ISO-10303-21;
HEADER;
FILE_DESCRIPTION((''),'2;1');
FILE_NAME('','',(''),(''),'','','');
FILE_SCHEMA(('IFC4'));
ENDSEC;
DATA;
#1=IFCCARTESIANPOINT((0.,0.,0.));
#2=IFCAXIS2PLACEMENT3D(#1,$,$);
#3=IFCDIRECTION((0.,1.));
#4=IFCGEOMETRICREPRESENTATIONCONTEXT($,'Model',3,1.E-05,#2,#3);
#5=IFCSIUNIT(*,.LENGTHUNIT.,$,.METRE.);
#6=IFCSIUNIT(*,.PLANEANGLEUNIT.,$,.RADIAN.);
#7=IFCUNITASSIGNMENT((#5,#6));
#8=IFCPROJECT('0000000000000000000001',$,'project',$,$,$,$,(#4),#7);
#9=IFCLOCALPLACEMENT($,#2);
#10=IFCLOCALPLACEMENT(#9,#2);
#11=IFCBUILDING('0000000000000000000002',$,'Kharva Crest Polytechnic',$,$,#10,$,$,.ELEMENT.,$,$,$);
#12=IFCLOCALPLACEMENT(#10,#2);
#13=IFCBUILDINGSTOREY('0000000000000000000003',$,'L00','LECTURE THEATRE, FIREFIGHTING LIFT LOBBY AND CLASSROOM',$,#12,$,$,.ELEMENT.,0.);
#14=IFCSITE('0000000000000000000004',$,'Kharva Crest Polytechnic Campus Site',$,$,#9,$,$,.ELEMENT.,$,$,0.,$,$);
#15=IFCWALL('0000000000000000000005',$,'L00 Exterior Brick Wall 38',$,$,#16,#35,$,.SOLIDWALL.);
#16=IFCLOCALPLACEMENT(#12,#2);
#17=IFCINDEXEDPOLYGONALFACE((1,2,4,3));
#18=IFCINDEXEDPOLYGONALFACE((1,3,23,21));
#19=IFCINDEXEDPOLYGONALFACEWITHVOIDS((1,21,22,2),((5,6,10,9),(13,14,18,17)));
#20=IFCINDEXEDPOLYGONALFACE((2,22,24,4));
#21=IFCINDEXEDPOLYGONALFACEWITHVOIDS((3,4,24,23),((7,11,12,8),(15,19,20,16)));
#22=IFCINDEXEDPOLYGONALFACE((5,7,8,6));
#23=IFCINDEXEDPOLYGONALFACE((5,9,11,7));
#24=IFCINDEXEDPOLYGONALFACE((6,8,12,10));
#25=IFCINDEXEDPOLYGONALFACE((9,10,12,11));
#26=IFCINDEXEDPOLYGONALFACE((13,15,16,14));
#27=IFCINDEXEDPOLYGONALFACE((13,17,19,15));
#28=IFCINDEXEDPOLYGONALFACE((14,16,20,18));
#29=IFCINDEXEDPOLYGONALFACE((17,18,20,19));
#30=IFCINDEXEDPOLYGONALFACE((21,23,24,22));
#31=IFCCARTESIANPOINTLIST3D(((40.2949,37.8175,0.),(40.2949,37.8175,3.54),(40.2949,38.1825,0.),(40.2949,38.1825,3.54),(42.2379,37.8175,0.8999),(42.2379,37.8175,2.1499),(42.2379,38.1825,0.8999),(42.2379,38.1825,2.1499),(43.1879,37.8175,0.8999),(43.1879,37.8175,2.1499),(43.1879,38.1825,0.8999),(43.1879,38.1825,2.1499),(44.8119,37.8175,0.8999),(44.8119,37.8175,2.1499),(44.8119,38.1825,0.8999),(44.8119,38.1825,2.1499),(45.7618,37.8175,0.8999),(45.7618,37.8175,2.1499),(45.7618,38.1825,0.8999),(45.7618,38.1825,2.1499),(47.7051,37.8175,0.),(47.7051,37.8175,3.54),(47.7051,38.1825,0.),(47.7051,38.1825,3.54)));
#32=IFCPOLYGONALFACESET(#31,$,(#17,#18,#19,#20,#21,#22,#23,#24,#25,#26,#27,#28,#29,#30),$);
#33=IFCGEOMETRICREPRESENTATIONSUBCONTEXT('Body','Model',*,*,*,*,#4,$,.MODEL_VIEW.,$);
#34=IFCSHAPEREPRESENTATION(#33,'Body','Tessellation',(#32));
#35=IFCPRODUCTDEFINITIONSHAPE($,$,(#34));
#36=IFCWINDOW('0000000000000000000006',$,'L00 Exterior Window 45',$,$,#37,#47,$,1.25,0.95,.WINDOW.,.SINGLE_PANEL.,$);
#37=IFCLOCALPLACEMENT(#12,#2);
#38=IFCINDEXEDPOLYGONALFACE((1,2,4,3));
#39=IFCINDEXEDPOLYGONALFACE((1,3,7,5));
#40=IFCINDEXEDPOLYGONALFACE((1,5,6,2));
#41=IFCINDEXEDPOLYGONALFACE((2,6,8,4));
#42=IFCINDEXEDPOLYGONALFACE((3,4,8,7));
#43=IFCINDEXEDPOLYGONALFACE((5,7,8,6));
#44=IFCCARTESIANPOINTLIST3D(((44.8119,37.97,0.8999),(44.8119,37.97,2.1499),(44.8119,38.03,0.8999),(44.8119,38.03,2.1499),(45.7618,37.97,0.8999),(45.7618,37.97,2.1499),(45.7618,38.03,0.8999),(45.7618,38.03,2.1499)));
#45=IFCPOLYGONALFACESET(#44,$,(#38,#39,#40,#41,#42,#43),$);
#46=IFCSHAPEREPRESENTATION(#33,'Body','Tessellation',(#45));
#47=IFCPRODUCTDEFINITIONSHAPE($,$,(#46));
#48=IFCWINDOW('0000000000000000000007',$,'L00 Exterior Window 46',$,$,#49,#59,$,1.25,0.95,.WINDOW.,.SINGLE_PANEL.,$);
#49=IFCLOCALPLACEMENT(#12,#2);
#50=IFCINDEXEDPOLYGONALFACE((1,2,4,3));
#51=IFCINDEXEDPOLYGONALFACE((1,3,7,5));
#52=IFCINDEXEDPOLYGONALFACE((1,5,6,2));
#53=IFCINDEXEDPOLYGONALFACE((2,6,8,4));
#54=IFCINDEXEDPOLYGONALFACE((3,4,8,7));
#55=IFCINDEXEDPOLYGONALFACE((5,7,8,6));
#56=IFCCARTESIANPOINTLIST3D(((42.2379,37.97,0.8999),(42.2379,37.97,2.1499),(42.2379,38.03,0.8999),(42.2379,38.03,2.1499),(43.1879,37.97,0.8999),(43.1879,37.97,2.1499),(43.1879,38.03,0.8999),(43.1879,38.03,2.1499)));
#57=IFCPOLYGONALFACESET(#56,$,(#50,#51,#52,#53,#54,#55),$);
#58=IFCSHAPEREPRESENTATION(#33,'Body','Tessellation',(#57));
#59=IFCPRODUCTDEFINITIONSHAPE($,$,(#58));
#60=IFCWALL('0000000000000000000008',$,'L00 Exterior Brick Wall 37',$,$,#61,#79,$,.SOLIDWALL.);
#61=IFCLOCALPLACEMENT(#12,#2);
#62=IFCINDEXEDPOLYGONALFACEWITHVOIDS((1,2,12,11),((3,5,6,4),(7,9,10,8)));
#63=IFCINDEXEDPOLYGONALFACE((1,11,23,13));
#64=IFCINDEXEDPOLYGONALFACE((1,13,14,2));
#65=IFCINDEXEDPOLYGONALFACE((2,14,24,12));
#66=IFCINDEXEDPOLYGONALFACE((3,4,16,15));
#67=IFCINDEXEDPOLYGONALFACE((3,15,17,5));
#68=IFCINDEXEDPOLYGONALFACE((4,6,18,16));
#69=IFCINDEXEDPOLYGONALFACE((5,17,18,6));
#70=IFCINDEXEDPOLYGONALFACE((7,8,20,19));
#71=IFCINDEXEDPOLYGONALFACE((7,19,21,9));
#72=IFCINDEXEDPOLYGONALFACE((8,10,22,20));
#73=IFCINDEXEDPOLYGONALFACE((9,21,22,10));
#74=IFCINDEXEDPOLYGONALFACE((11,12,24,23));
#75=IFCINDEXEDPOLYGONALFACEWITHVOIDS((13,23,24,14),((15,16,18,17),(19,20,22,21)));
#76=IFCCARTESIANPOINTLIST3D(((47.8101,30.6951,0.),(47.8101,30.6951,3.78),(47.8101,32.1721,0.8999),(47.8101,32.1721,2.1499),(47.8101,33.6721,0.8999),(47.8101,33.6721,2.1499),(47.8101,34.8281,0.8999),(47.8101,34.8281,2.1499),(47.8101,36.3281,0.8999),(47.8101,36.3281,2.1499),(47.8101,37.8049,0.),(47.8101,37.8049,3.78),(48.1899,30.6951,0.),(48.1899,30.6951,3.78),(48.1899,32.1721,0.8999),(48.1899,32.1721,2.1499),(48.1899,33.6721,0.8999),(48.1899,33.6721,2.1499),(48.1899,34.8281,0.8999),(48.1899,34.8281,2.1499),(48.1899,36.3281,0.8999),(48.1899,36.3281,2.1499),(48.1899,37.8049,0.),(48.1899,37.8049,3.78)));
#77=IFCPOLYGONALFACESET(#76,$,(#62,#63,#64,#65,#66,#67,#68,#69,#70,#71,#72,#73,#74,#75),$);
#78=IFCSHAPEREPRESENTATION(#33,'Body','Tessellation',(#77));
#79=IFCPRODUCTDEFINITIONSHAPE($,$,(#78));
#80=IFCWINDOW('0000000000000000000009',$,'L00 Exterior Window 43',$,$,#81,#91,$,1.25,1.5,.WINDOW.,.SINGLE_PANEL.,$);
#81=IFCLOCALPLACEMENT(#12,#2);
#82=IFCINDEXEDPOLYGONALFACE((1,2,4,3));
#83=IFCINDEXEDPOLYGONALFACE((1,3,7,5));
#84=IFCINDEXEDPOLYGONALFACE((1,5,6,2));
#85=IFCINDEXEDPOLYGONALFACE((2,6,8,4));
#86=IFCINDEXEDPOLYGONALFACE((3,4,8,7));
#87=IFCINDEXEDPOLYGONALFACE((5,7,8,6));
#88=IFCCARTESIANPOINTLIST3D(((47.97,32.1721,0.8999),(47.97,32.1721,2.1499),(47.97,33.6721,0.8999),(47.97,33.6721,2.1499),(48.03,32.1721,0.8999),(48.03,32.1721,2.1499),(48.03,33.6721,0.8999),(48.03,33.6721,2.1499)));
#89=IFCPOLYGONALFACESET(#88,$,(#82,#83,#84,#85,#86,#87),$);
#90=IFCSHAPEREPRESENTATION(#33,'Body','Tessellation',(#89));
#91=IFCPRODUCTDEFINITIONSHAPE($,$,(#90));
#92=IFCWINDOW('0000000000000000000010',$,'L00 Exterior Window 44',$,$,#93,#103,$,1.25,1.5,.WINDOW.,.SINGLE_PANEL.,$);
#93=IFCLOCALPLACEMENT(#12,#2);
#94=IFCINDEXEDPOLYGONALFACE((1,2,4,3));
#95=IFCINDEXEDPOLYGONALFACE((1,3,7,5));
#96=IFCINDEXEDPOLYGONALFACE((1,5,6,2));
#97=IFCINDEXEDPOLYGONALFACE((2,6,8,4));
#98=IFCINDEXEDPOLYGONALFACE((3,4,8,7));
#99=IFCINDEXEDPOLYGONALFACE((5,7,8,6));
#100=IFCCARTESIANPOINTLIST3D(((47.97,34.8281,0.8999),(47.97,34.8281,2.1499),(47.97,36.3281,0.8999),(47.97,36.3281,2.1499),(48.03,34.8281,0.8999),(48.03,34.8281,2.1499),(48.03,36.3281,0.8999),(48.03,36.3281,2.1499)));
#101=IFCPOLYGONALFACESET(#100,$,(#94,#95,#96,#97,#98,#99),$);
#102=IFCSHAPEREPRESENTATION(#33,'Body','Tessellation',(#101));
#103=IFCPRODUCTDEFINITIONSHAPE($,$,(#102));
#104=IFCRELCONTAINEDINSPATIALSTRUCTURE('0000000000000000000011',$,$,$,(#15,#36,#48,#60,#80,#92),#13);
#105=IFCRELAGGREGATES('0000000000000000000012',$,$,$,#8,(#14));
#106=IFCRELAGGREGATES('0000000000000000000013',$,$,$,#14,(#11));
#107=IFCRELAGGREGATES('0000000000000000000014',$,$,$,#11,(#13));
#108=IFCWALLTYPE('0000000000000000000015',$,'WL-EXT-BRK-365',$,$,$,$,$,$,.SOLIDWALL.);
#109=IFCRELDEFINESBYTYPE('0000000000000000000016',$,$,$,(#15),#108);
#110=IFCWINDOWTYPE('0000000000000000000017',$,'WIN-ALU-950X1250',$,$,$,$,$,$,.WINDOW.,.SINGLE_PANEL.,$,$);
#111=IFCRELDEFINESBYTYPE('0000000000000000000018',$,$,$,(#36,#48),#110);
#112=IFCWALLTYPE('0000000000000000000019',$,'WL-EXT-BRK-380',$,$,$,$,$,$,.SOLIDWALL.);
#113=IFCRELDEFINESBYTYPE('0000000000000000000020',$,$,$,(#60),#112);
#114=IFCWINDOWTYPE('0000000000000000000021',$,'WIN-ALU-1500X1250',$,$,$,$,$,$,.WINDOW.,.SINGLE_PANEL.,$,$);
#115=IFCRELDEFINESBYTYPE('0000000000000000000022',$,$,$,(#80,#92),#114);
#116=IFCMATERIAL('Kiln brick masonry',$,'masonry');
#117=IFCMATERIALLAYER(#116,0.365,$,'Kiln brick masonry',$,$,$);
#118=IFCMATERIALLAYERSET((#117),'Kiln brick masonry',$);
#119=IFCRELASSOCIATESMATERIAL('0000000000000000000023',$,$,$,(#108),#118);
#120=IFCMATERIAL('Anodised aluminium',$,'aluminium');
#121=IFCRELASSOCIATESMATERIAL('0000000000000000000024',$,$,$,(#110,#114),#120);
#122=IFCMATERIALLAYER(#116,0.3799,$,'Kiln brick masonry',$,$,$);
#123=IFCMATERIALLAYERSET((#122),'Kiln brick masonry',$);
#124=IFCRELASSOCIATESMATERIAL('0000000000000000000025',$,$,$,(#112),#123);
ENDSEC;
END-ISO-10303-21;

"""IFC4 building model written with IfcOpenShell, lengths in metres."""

from ifc_helpers import new_model, si_unit, direction, frame, frame_2d, origin, place, context, subcontext, project, spatial, rectangle, extrude, material, layer, layer_set, type_object, element, fill, save


model = new_model("IFC4")

# Units and contexts
model_context = context("Model", 3, precision=1e-05, world=origin(), true_north=direction((0.0, 1.0)))
body_context = subcontext(model_context, "Body", "Model", "MODEL_VIEW")
ifc_project = project(units=[si_unit("LENGTHUNIT", "METRE"), si_unit("PLANEANGLEUNIT", "RADIAN")], contexts=[model_context])

# Site, building, storey
site_placement = place(None, origin())
site = spatial("IfcSite", under=ifc_project, at=site_placement, Name="Kharva Crest Polytechnic Campus Site", CompositionType="ELEMENT", RefElevation=0.0)
building_placement = place(site_placement, origin())
building = spatial("IfcBuilding", under=site, at=building_placement, Name="Kharva Crest Polytechnic", CompositionType="ELEMENT")
storey_placement = place(building_placement, origin())
storey = spatial("IfcBuildingStorey", under=building, at=storey_placement, Name="L00", Description="LECTURE THEATRE, FIREFIGHTING LIFT LOBBY AND CLASSROOM", CompositionType="ELEMENT", Elevation=0.0)

# Shared definitions
ifc_material_1 = material(Name="Kiln brick masonry", Category="masonry")
ifc_material_2 = material(Name="Anodised aluminium", Category="aluminium")

# Walls, openings, windows
ifc_layer_1 = layer(ifc_material_1, 0.365, Name="Kiln brick masonry")
ifc_layer_set_1 = layer_set([ifc_layer_1], Name="Kiln brick masonry")
wall_type_1 = type_object("IfcWallType", Name="WL-EXT-BRK-365", PredefinedType="SOLIDWALL", material=ifc_layer_set_1)
wall_1_placement = place(storey_placement, frame((47.7051, 38.0, 0.0), z_axis=(0.0, 0.0, 1.0), x_axis=(-1.0, 0.0, 0.0)))
wall_1 = element("IfcWall", 1, at=wall_1_placement, inside=storey, type_object=wall_type_1, Name="L00 Exterior Brick Wall 38", PredefinedType="SOLIDWALL", context=body_context, shape_type="SweptSolid", body=[
    extrude(rectangle(XDim=7.4102, YDim=0.365, at=frame_2d((3.7051, 0.0))), origin(), (0.0, 0.0, 1.0), 3.54),
])
opening_1_placement = place(wall_1_placement, frame((1.9431, 0.0, 0.8999)))
opening_1 = element("IfcOpeningElement", 2, at=opening_1_placement, cuts=wall_1, PredefinedType="OPENING", context=body_context, shape_type="SweptSolid", body=[
    extrude(rectangle(XDim=0.95, YDim=1.25, at=frame_2d((0.4751, 0.625))), frame((0.0, 0.1924, 0.0), z_axis=(0.0, -1.0, 0.0), x_axis=(1.0, 0.0, 0.0)), (0.0, 0.0, 1.0), 0.385),
])
opening_2_placement = place(wall_1_placement, frame((4.5171, 0.0, 0.8999)))
opening_2 = element("IfcOpeningElement", 3, at=opening_2_placement, cuts=wall_1, PredefinedType="OPENING", context=body_context, shape_type="SweptSolid", body=[
    extrude(rectangle(XDim=0.95, YDim=1.25, at=frame_2d((0.4751, 0.625))), frame((0.0, 0.1924, 0.0), z_axis=(0.0, -1.0, 0.0), x_axis=(1.0, 0.0, 0.0)), (0.0, 0.0, 1.0), 0.385),
])
window_type_1 = type_object("IfcWindowType", Name="WIN-ALU-950X1250", PartitioningType="SINGLE_PANEL", PredefinedType="WINDOW", material=ifc_material_2)
window_1_placement = place(opening_1_placement, origin())
window_1 = element("IfcWindow", 4, at=window_1_placement, inside=storey, type_object=window_type_1, Name="L00 Exterior Window 45", OverallHeight=1.25, OverallWidth=0.95, PartitioningType="SINGLE_PANEL", PredefinedType="WINDOW", context=body_context, shape_type="SweptSolid", body=[
    extrude(rectangle(XDim=0.95, YDim=1.25, at=frame_2d((0.4751, 0.625))), frame((0.0, 0.03, 0.0), z_axis=(0.0, -1.0, 0.0), x_axis=(1.0, 0.0, 0.0)), (0.0, 0.0, 1.0), 0.0601),
])
fill(opening_1, window_1)
window_2_placement = place(opening_2_placement, origin())
window_2 = element("IfcWindow", 5, at=window_2_placement, inside=storey, type_object=window_type_1, Name="L00 Exterior Window 46", OverallHeight=1.25, OverallWidth=0.95, PartitioningType="SINGLE_PANEL", PredefinedType="WINDOW", context=body_context, shape_type="SweptSolid", body=[
    extrude(rectangle(XDim=0.95, YDim=1.25, at=frame_2d((0.4751, 0.625))), frame((0.0, 0.03, 0.0), z_axis=(0.0, -1.0, 0.0), x_axis=(1.0, 0.0, 0.0)), (0.0, 0.0, 1.0), 0.0601),
])
fill(opening_2, window_2)
ifc_layer_2 = layer(ifc_material_1, 0.3799, Name="Kiln brick masonry")
ifc_layer_set_2 = layer_set([ifc_layer_2], Name="Kiln brick masonry")
wall_type_2 = type_object("IfcWallType", Name="WL-EXT-BRK-380", PredefinedType="SOLIDWALL", material=ifc_layer_set_2)
wall_2_placement = place(storey_placement, frame((48.0, 30.6951, 0.0), z_axis=(0.0, 0.0, 1.0), x_axis=(0.0, 1.0, 0.0)))
wall_2 = element("IfcWall", 6, at=wall_2_placement, inside=storey, type_object=wall_type_2, Name="L00 Exterior Brick Wall 37", PredefinedType="SOLIDWALL", context=body_context, shape_type="SweptSolid", body=[
    extrude(rectangle(XDim=7.1099, YDim=0.3799, at=frame_2d((3.5549, 0.0))), origin(), (0.0, 0.0, 1.0), 3.78),
])
opening_3_placement = place(wall_2_placement, frame((1.4771, 0.0, 0.8999)))
opening_3 = element("IfcOpeningElement", 7, at=opening_3_placement, cuts=wall_2, PredefinedType="OPENING", context=body_context, shape_type="SweptSolid", body=[
    extrude(rectangle(XDim=1.5, YDim=1.25, at=frame_2d((0.75, 0.625))), frame((0.0, 0.2, 0.0), z_axis=(0.0, -1.0, 0.0), x_axis=(1.0, 0.0, 0.0)), (0.0, 0.0, 1.0), 0.3999),
])
opening_4_placement = place(wall_2_placement, frame((4.1331, 0.0, 0.8999)))
opening_4 = element("IfcOpeningElement", 8, at=opening_4_placement, cuts=wall_2, PredefinedType="OPENING", context=body_context, shape_type="SweptSolid", body=[
    extrude(rectangle(XDim=1.5, YDim=1.25, at=frame_2d((0.75, 0.625))), frame((0.0, 0.2, 0.0), z_axis=(0.0, -1.0, 0.0), x_axis=(1.0, 0.0, 0.0)), (0.0, 0.0, 1.0), 0.3999),
])
window_type_2 = type_object("IfcWindowType", Name="WIN-ALU-1500X1250", PartitioningType="SINGLE_PANEL", PredefinedType="WINDOW", material=ifc_material_2)
window_3_placement = place(opening_3_placement, origin())
window_3 = element("IfcWindow", 9, at=window_3_placement, inside=storey, type_object=window_type_2, Name="L00 Exterior Window 43", OverallHeight=1.25, OverallWidth=1.5, PartitioningType="SINGLE_PANEL", PredefinedType="WINDOW", context=body_context, shape_type="SweptSolid", body=[
    extrude(rectangle(XDim=1.5, YDim=1.25, at=frame_2d((0.75, 0.625))), frame((0.0, 0.03, 0.0), z_axis=(0.0, -1.0, 0.0), x_axis=(1.0, 0.0, 0.0)), (0.0, 0.0, 1.0), 0.0601),
])
fill(opening_3, window_3)
window_4_placement = place(opening_4_placement, origin())
window_4 = element("IfcWindow", 10, at=window_4_placement, inside=storey, type_object=window_type_2, Name="L00 Exterior Window 44", OverallHeight=1.25, OverallWidth=1.5, PartitioningType="SINGLE_PANEL", PredefinedType="WINDOW", context=body_context, shape_type="SweptSolid", body=[
    extrude(rectangle(XDim=1.5, YDim=1.25, at=frame_2d((0.75, 0.625))), frame((0.0, 0.03, 0.0), z_axis=(0.0, -1.0, 0.0), x_axis=(1.0, 0.0, 0.0)), (0.0, 0.0, 1.0), 0.0601),
])
fill(opening_4, window_4)

save(model, "model.ifc")
